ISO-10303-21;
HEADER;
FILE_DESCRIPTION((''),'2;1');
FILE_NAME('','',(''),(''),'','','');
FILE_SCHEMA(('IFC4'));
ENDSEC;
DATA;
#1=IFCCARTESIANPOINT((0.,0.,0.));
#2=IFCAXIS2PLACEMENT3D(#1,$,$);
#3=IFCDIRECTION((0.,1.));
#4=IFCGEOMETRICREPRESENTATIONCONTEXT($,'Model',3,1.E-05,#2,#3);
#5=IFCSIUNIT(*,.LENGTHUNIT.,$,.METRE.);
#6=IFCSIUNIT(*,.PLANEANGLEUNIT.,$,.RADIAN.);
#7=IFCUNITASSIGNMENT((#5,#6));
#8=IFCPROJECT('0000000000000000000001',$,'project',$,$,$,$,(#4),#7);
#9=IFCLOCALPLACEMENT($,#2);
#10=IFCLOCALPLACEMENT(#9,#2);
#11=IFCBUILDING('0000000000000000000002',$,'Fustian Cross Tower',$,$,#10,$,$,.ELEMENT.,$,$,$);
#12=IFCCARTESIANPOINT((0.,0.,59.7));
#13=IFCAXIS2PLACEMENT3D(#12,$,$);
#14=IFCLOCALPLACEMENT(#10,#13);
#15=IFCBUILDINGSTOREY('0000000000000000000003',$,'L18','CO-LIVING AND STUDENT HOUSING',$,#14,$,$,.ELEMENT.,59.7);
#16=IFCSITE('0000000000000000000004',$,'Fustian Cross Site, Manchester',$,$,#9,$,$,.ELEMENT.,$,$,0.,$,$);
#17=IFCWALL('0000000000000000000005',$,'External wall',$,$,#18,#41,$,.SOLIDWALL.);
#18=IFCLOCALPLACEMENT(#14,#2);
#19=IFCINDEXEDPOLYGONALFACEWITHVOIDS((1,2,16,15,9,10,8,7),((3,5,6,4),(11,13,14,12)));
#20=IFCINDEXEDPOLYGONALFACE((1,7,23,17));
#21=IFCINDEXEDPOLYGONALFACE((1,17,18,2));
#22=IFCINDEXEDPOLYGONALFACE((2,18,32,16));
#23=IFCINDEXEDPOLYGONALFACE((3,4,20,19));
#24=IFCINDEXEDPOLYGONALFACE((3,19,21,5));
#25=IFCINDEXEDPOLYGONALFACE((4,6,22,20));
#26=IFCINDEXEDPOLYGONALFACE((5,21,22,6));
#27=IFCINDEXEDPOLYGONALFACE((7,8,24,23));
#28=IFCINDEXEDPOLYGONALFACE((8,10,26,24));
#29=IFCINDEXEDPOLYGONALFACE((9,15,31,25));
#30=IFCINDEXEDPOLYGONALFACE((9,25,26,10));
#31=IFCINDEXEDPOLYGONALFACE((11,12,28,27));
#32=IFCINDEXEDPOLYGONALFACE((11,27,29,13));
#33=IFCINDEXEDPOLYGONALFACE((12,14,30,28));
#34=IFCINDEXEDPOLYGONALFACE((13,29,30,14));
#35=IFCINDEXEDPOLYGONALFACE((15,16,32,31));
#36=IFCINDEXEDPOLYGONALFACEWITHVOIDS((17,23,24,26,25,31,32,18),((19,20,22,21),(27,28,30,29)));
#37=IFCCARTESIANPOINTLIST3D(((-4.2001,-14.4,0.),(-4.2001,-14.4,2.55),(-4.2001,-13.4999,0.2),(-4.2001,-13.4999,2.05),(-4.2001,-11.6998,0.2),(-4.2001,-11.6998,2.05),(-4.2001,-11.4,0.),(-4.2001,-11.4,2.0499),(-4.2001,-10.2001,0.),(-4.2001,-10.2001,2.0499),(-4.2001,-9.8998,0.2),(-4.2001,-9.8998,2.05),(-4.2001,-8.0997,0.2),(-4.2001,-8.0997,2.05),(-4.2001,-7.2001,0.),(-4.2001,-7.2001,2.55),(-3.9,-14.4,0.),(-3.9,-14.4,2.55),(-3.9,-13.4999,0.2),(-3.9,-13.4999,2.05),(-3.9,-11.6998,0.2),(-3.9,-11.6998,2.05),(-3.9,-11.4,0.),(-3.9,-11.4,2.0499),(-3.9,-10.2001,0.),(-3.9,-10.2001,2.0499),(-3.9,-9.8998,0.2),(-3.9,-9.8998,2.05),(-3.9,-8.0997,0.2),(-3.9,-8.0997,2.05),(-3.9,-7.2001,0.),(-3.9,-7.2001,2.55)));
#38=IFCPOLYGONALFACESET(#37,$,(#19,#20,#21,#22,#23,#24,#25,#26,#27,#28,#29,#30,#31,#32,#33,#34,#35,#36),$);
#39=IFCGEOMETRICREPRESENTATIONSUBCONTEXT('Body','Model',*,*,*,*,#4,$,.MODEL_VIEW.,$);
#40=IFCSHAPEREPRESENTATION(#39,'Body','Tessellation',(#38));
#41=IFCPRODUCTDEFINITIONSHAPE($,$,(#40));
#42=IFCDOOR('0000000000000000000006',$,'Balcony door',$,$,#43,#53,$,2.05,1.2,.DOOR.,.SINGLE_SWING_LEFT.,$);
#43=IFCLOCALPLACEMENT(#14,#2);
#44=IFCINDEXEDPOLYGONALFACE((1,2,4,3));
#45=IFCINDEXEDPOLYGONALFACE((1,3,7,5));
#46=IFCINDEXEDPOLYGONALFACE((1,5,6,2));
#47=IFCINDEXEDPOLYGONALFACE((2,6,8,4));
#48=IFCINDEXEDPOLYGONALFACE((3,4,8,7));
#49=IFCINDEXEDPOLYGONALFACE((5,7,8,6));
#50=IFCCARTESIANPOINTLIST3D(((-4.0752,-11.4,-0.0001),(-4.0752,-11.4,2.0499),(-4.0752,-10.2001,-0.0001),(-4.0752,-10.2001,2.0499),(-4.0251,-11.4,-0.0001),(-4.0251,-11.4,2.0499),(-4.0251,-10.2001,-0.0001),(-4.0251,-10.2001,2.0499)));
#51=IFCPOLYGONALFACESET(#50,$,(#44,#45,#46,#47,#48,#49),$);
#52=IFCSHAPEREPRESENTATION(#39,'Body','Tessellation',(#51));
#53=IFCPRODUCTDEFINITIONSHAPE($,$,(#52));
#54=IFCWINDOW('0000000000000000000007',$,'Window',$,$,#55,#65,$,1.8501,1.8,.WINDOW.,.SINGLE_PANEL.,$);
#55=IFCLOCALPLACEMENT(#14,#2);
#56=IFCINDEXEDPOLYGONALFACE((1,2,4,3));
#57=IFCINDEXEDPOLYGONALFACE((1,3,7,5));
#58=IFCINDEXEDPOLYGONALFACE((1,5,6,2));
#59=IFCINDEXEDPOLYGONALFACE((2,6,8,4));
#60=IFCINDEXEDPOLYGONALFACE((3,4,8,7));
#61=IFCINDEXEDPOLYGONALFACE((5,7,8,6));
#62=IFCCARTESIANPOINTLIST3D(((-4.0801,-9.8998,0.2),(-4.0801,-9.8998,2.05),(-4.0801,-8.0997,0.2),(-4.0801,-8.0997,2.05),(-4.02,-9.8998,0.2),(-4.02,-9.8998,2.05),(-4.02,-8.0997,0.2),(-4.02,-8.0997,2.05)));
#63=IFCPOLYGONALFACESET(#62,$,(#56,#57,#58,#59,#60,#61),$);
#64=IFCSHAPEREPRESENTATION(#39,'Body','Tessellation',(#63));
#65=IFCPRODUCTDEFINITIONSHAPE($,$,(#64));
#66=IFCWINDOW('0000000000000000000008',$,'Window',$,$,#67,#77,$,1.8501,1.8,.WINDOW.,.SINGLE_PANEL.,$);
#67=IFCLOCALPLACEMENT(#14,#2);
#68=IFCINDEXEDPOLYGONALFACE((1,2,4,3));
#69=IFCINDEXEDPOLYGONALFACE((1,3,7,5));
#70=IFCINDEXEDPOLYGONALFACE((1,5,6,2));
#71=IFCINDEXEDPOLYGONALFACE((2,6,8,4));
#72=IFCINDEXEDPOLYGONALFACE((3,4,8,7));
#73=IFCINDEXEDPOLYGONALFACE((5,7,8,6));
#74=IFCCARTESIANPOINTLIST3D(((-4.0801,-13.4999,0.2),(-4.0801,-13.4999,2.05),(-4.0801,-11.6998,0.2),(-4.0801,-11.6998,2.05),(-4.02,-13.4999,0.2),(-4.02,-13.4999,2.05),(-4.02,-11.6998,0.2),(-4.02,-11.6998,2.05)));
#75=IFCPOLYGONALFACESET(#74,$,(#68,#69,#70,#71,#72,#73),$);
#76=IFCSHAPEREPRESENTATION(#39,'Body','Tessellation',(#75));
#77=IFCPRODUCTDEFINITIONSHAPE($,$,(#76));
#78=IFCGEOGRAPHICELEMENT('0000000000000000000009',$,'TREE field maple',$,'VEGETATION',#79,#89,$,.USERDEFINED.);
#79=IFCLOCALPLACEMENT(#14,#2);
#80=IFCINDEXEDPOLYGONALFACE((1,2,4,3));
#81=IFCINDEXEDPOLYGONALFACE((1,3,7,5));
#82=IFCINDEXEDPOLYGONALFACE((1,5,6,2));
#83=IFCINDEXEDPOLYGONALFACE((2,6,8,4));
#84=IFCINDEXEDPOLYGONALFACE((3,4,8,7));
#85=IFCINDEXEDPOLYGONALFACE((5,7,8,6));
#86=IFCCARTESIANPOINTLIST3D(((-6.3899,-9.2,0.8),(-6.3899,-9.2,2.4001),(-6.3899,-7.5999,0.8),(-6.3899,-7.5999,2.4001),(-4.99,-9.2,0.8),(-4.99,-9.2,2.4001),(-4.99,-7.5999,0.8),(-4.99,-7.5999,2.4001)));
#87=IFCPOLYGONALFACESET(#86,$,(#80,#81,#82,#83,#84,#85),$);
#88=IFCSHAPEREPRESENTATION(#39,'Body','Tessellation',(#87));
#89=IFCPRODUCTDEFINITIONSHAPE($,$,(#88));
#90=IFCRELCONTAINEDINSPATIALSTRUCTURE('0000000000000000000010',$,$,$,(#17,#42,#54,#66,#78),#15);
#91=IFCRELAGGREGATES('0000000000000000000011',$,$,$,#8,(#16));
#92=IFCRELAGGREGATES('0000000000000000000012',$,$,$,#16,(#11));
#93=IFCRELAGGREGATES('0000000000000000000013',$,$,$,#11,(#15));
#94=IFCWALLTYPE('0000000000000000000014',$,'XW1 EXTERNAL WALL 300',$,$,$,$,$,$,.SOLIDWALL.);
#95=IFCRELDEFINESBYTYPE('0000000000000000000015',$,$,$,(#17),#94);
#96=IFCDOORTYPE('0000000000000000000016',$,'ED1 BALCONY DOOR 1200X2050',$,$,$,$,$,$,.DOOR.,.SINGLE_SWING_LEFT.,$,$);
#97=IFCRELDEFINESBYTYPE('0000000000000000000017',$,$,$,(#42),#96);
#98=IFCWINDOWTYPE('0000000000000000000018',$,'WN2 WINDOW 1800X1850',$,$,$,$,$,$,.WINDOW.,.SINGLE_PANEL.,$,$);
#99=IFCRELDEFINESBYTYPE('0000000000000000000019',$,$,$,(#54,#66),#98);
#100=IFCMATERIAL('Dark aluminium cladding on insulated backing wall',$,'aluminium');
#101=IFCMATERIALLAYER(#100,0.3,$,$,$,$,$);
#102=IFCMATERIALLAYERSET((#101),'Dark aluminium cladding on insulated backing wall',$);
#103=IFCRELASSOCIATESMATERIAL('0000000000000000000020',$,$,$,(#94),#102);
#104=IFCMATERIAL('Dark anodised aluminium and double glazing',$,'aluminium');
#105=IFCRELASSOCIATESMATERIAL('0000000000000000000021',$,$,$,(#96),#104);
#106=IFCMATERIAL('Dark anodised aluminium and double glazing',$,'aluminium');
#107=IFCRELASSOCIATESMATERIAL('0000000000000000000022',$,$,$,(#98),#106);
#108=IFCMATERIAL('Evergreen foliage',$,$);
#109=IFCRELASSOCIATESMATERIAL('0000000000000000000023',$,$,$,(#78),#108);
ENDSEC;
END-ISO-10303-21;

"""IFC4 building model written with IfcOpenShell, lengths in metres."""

from ifc_helpers import new_model, si_unit, direction, frame, frame_2d, origin, origin_2d, place, context, subcontext, project, spatial, rectangle, extrude, material, layer, layer_set, type_object, element, fill, save


model = new_model("IFC4")

# Units and contexts
model_context = context("Model", 3, precision=1e-05, world=origin(), true_north=direction((0.0, 1.0)))
body_context = subcontext(model_context, "Body", "Model", "MODEL_VIEW")
ifc_project = project(units=[si_unit("LENGTHUNIT", "METRE"), si_unit("PLANEANGLEUNIT", "RADIAN")], contexts=[model_context])

# Site, building, storey
site_placement = place(None, origin())
site = spatial("IfcSite", under=ifc_project, at=site_placement, Name="Fustian Cross Site, Manchester", CompositionType="ELEMENT", RefElevation=0.0)
building_placement = place(site_placement, origin())
building = spatial("IfcBuilding", under=site, at=building_placement, Name="Fustian Cross Tower", CompositionType="ELEMENT")
storey_placement = place(building_placement, frame((0.0, 0.0, 59.7)))
storey = spatial("IfcBuildingStorey", under=building, at=storey_placement, Name="L18", Description="CO-LIVING AND STUDENT HOUSING", CompositionType="ELEMENT", Elevation=59.7)

# Shared definitions
ifc_material_1 = material(Name="Dark aluminium cladding on insulated backing wall", Category="aluminium")
ifc_layer_1 = layer(ifc_material_1, 0.3)
ifc_layer_set_1 = layer_set([ifc_layer_1], Name="Dark aluminium cladding on insulated backing wall")
wall_type_1 = type_object("IfcWallType", Name="XW1 EXTERNAL WALL 300", PredefinedType="SOLIDWALL", material=ifc_layer_set_1)

# Wall, openings, door, windows
wall_1_placement = place(storey_placement, frame((-4.05, -7.2, 0.0), z_axis=(0.0, 0.0, 1.0), x_axis=(0.0, -1.0, 0.0)))
wall_1 = element("IfcWall", 1, at=wall_1_placement, inside=storey, type_object=wall_type_1, Name="External wall", PredefinedType="SOLIDWALL", context=body_context, shape_type="SweptSolid", body=[
    extrude(rectangle(XDim=7.2, YDim=0.3, at=frame_2d((3.6001, 0.0))), origin(), (0.0, 0.0, 1.0), 2.55),
])
opening_1_placement = place(wall_1_placement, frame((3.0, 0.0, 0.0)))
opening_1 = element("IfcOpeningElement", 2, at=opening_1_placement, cuts=wall_1, PredefinedType="OPENING", context=body_context, shape_type="SweptSolid", body=[
    extrude(rectangle(XDim=1.2, YDim=2.05, at=frame_2d((0.6001, 1.0249))), frame((0.0, 0.1599, 0.0), z_axis=(0.0, -1.0, 0.0), x_axis=(1.0, 0.0, 0.0)), (0.0, 0.0, 1.0), 0.3201),
])
opening_2_placement = place(wall_1_placement, frame((0.8999, 0.0, 0.2)))
opening_2 = element("IfcOpeningElement", 3, at=opening_2_placement, cuts=wall_1, PredefinedType="OPENING", context=body_context, shape_type="SweptSolid", body=[
    extrude(rectangle(XDim=1.8, YDim=1.8501, at=frame_2d((0.8999, 0.925))), frame((0.0, 0.1599, 0.0), z_axis=(0.0, -1.0, 0.0), x_axis=(1.0, 0.0, 0.0)), (0.0, 0.0, 1.0), 0.3201),
])
opening_3_placement = place(wall_1_placement, frame((4.5, 0.0, 0.2)))
opening_3 = element("IfcOpeningElement", 4, at=opening_3_placement, cuts=wall_1, PredefinedType="OPENING", context=body_context, shape_type="SweptSolid", body=[
    extrude(rectangle(XDim=1.8, YDim=1.8501, at=frame_2d((0.8999, 0.925))), frame((0.0, 0.1599, 0.0), z_axis=(0.0, -1.0, 0.0), x_axis=(1.0, 0.0, 0.0)), (0.0, 0.0, 1.0), 0.3201),
])
ifc_material_2 = material(Name="Dark anodised aluminium and double glazing", Category="aluminium")
door_type_1 = type_object("IfcDoorType", Name="ED1 BALCONY DOOR 1200X2050", OperationType="SINGLE_SWING_LEFT", PredefinedType="DOOR", material=ifc_material_2)
door_1_placement = place(opening_1_placement, origin())
door_1 = element("IfcDoor", 5, at=door_1_placement, inside=storey, type_object=door_type_1, Name="Balcony door", OperationType="SINGLE_SWING_LEFT", OverallHeight=2.05, OverallWidth=1.2, PredefinedType="DOOR", context=body_context, shape_type="SweptSolid", body=[
    extrude(rectangle(XDim=1.2, YDim=2.05, at=frame_2d((0.6001, 1.0249))), frame((0.0, 0.0249, 0.0), z_axis=(0.0, -1.0, 0.0), x_axis=(1.0, 0.0, 0.0)), (0.0, 0.0, 1.0), 0.05),
])
fill(opening_1, door_1)
ifc_material_3 = material(Name="Dark anodised aluminium and double glazing", Category="aluminium")
window_type = type_object("IfcWindowType", Name="WN2 WINDOW 1800X1850", PartitioningType="SINGLE_PANEL", PredefinedType="WINDOW", material=ifc_material_3)
window_1_placement = place(opening_2_placement, origin())
window_1 = element("IfcWindow", 6, at=window_1_placement, inside=storey, type_object=window_type, Name="Window", OverallHeight=1.8501, OverallWidth=1.8, PartitioningType="SINGLE_PANEL", PredefinedType="WINDOW", context=body_context, shape_type="SweptSolid", body=[
    extrude(rectangle(XDim=1.8, YDim=1.8501, at=frame_2d((0.8999, 0.925))), frame((0.0, 0.03, 0.0), z_axis=(0.0, -1.0, 0.0), x_axis=(1.0, 0.0, 0.0)), (0.0, 0.0, 1.0), 0.0601),
])
fill(opening_2, window_1)
window_2_placement = place(opening_3_placement, origin())
window_2 = element("IfcWindow", 7, at=window_2_placement, inside=storey, type_object=window_type, Name="Window", OverallHeight=1.8501, OverallWidth=1.8, PartitioningType="SINGLE_PANEL", PredefinedType="WINDOW", context=body_context, shape_type="SweptSolid", body=[
    extrude(rectangle(XDim=1.8, YDim=1.8501, at=frame_2d((0.8999, 0.925))), frame((0.0, 0.03, 0.0), z_axis=(0.0, -1.0, 0.0), x_axis=(1.0, 0.0, 0.0)), (0.0, 0.0, 1.0), 0.0601),
])
fill(opening_3, window_2)

# Geographic element
ifc_material_4 = material(Name="Evergreen foliage")
geographic_element_placement = place(storey_placement, frame((-5.6899, -8.3999, 0.8), z_axis=(0.0, 0.0, 1.0), x_axis=(1.0, 0.0, 0.0)))
element("IfcGeographicElement", 8, at=geographic_element_placement, inside=storey, material=ifc_material_4, Name="TREE field maple", ObjectType="VEGETATION", PredefinedType="USERDEFINED", context=body_context, shape_type="SweptSolid", body=[
    extrude(rectangle(XDim=1.3999, YDim=1.6001, at=origin_2d()), origin(), (0.0, 0.0, 1.0), 1.6001),
])

save(model, "model.ifc")
